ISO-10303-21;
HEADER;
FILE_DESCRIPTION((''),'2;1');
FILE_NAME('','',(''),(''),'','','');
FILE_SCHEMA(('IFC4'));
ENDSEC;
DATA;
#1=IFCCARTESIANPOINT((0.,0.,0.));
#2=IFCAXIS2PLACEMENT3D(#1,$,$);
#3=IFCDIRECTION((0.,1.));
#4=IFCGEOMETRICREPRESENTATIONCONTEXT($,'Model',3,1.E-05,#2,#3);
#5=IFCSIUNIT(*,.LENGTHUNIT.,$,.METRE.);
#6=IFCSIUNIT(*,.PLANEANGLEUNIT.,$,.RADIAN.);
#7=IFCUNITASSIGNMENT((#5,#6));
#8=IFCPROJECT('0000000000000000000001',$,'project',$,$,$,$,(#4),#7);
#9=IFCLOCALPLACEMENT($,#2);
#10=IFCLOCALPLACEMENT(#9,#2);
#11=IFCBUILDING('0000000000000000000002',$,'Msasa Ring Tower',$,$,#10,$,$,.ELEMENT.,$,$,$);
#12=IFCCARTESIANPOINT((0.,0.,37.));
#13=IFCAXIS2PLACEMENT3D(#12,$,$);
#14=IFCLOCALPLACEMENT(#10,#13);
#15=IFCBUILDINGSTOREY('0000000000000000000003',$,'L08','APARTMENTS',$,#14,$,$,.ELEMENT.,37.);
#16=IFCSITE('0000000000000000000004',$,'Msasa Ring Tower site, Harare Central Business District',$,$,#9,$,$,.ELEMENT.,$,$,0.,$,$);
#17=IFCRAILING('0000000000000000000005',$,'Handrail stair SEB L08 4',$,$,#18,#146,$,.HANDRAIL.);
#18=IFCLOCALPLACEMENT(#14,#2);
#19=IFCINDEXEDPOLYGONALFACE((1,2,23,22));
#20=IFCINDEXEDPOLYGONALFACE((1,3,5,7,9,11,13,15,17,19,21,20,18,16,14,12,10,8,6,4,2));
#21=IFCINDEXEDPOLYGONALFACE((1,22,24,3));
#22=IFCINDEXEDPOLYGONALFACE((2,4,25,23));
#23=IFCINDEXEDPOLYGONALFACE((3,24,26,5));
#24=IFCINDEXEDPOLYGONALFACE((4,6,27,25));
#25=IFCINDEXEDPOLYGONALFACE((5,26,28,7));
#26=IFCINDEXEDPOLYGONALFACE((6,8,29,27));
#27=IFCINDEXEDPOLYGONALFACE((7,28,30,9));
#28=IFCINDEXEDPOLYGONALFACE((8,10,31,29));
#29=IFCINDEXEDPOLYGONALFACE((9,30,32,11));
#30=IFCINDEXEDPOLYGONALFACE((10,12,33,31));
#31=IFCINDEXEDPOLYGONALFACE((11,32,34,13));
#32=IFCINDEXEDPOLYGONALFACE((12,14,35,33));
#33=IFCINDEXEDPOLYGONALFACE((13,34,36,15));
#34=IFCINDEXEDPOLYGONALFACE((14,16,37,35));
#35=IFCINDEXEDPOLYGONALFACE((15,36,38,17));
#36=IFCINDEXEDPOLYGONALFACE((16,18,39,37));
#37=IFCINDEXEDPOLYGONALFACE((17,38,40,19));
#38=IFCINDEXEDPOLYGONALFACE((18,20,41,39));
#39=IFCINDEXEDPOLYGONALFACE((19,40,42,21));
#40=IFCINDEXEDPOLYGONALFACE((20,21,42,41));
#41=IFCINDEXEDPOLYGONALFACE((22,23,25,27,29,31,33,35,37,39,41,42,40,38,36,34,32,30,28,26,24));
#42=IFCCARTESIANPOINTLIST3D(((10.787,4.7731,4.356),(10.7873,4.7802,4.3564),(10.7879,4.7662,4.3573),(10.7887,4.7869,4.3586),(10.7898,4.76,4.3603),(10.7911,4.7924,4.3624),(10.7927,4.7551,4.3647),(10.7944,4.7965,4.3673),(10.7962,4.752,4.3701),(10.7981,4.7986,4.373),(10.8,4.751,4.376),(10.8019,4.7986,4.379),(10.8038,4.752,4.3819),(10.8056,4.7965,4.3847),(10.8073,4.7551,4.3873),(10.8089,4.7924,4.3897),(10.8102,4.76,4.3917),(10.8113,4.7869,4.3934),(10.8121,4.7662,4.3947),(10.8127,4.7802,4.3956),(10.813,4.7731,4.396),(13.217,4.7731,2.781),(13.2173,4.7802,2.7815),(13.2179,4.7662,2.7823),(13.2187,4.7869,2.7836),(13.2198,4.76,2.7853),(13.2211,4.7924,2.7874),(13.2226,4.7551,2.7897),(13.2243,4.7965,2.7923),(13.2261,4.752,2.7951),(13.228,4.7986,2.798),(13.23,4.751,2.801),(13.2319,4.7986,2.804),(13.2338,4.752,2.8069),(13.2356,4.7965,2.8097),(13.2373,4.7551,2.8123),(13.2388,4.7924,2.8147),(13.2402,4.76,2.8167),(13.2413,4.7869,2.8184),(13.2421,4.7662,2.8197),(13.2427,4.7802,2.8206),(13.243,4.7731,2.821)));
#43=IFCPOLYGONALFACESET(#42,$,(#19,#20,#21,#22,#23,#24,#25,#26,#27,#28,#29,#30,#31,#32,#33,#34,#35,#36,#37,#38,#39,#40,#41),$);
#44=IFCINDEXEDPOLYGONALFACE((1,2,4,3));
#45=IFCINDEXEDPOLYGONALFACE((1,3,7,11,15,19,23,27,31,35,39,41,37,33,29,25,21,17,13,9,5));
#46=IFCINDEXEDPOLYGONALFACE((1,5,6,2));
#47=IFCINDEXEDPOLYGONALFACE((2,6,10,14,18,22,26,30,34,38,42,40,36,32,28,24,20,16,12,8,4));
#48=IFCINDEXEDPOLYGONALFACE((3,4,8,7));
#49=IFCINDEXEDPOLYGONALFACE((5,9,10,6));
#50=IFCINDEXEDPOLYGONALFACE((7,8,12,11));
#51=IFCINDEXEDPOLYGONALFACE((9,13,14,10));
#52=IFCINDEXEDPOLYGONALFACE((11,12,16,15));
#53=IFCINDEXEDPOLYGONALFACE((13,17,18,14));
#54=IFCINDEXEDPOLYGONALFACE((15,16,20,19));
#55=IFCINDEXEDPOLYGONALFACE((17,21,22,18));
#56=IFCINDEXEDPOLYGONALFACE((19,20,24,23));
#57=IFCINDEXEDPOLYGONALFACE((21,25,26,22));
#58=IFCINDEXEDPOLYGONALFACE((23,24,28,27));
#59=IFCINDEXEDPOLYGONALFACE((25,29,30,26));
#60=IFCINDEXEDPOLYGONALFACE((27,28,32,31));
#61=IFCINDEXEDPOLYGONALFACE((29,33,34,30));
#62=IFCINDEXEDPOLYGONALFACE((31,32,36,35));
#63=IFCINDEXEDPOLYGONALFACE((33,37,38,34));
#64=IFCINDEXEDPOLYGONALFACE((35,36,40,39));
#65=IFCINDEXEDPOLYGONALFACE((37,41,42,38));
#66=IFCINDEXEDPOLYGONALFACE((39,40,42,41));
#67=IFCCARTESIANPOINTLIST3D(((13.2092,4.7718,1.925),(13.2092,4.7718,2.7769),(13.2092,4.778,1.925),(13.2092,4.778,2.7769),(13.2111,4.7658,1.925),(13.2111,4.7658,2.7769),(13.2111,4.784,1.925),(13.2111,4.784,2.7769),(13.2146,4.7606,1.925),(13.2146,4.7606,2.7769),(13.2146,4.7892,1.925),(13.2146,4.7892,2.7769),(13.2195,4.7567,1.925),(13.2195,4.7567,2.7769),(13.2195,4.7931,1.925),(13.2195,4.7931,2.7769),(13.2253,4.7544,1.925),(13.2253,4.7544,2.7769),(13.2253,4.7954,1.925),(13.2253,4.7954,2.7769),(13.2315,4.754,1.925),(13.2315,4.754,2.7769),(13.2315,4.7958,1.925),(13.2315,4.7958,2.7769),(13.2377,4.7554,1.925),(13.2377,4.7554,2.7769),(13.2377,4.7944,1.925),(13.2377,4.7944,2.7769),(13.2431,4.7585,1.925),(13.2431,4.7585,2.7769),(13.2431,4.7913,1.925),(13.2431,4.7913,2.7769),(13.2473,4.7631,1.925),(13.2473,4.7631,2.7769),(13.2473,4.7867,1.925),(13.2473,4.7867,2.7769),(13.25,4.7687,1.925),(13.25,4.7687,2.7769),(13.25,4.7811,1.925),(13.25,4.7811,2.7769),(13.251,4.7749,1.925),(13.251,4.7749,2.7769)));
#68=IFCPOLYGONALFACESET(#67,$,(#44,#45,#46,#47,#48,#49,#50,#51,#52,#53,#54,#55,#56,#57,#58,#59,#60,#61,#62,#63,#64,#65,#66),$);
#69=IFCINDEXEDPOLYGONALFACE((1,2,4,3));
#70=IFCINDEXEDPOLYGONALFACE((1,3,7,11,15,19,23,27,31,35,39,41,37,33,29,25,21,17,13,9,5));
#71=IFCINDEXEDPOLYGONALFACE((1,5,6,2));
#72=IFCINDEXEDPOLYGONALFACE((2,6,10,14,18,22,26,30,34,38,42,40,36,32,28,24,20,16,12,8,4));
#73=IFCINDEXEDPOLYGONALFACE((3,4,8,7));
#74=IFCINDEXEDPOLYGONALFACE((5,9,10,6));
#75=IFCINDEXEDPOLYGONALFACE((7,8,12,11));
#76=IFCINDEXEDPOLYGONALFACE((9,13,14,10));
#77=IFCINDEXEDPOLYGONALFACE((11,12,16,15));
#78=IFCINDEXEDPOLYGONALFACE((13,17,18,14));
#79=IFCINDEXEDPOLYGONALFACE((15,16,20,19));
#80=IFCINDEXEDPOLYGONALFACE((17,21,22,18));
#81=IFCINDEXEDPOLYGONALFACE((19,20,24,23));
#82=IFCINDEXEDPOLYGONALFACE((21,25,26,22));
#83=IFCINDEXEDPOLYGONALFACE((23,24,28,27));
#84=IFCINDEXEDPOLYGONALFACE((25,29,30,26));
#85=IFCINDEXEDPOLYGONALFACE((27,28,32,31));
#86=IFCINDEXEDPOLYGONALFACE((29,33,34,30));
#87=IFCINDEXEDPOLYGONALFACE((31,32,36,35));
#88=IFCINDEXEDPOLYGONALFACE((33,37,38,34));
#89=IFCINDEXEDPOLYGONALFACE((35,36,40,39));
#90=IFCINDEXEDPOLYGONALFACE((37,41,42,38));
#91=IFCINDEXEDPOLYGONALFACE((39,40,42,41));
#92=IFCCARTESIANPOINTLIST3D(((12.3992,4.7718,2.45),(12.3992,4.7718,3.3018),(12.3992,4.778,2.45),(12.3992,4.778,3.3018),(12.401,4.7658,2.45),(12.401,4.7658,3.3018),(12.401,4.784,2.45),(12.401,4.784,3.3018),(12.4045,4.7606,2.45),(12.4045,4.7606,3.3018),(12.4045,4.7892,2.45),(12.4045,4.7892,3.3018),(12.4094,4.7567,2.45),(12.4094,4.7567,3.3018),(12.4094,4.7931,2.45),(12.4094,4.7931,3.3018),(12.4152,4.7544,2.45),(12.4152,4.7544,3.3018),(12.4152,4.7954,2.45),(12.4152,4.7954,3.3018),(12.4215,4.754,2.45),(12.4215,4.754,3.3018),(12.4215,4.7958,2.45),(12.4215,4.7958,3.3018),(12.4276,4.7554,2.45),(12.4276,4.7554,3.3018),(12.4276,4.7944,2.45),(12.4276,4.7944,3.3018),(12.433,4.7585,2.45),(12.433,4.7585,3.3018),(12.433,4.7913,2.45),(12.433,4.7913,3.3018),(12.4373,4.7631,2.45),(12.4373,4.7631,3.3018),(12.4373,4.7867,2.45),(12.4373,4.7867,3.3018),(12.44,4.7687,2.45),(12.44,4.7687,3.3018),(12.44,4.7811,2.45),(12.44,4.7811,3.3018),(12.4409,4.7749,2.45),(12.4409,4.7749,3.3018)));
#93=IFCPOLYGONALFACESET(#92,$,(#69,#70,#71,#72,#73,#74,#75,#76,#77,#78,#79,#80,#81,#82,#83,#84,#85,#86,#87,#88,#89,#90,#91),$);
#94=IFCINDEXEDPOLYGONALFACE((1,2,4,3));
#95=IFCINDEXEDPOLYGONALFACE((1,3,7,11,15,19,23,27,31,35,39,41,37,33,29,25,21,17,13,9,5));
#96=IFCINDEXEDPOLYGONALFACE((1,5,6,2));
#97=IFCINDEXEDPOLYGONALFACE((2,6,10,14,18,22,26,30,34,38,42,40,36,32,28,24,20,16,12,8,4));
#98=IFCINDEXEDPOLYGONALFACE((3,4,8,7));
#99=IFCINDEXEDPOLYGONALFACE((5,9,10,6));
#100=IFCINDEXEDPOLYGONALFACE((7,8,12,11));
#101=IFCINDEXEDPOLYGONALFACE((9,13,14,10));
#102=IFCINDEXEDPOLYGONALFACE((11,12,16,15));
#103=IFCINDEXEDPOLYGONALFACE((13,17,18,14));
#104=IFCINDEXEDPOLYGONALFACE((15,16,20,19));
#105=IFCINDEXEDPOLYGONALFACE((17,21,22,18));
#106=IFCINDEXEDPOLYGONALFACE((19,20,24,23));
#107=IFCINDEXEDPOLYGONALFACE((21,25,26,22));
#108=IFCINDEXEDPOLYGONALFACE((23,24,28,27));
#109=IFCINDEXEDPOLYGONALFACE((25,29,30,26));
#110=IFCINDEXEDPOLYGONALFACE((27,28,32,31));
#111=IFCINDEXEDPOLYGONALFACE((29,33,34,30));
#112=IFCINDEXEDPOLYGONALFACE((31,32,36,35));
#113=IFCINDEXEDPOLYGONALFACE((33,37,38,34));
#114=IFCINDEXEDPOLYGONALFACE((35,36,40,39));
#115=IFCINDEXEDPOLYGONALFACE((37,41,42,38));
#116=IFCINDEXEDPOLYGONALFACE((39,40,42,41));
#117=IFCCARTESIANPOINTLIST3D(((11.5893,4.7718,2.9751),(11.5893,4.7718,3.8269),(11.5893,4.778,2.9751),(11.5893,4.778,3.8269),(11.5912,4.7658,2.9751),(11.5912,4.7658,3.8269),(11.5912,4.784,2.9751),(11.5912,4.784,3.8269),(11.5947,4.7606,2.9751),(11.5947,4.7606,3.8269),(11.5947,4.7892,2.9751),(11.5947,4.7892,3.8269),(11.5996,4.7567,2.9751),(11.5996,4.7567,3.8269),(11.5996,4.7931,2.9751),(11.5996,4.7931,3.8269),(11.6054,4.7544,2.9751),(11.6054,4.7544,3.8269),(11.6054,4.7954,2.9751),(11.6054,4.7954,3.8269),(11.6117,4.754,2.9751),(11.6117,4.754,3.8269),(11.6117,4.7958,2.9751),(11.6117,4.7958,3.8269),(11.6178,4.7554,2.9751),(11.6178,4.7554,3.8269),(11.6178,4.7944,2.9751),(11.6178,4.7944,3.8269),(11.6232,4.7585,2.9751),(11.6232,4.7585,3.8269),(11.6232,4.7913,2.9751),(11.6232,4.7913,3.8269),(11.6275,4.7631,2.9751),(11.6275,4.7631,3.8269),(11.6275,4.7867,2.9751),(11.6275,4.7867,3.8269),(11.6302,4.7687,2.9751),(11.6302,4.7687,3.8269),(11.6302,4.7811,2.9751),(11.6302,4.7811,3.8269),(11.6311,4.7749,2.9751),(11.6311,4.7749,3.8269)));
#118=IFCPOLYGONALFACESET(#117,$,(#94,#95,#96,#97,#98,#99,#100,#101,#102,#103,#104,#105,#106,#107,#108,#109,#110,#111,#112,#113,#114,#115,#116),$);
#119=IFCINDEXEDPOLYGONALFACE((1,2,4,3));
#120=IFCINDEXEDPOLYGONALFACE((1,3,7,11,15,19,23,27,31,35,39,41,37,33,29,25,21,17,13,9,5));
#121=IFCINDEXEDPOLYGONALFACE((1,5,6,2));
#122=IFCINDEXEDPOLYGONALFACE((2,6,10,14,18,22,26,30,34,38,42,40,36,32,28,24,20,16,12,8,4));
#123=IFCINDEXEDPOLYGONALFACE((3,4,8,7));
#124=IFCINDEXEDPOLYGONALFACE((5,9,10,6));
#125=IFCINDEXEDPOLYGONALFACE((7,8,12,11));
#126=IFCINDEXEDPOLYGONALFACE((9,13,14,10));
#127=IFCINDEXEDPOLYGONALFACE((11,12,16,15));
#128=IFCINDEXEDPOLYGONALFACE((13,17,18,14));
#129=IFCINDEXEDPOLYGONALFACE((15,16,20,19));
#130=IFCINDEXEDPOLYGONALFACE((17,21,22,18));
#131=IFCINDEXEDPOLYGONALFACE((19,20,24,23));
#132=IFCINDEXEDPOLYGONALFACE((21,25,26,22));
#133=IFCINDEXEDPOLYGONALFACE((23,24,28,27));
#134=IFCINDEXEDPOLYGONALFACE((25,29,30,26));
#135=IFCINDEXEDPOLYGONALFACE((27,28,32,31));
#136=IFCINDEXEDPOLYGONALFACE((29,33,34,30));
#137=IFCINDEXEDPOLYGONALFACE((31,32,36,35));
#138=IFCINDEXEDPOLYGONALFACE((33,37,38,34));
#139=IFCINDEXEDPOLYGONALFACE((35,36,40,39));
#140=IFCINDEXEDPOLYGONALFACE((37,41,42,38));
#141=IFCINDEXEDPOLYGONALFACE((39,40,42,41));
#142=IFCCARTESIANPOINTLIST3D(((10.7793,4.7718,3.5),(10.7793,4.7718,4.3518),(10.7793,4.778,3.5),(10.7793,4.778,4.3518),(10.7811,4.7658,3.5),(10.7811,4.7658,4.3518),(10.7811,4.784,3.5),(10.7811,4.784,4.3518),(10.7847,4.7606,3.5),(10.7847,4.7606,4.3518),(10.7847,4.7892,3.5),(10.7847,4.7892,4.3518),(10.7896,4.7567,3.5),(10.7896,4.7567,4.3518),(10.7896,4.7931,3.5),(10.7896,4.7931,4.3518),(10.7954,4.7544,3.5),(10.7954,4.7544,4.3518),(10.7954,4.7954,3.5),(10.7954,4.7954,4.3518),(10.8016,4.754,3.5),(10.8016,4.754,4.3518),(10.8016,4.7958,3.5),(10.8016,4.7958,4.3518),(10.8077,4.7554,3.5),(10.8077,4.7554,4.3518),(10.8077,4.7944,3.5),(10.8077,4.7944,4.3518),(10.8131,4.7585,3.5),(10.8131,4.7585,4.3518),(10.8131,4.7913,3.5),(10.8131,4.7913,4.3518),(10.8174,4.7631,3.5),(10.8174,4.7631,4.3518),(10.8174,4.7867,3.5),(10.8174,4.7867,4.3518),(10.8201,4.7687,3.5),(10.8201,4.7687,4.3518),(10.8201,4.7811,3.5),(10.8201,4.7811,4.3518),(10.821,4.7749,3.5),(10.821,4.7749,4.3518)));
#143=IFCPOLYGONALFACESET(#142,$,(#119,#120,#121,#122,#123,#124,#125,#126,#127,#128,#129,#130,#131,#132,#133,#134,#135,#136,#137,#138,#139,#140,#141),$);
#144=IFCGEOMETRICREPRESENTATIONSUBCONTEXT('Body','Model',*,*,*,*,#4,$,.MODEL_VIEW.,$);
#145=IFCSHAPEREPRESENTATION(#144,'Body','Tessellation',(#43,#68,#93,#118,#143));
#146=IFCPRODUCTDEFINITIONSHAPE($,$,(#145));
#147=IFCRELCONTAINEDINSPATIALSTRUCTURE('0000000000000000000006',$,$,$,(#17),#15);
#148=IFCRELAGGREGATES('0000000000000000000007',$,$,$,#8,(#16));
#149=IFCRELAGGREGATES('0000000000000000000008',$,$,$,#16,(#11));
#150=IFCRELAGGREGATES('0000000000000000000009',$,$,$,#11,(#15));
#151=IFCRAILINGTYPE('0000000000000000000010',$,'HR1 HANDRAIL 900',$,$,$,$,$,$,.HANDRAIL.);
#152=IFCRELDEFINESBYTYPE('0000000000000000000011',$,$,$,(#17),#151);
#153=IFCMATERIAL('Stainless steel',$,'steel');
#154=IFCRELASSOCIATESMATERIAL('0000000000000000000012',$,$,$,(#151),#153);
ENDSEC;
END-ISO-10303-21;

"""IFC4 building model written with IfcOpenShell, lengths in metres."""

from ifc_helpers import new_model, si_unit, direction, frame, origin, origin_2d, place, context, subcontext, project, spatial, circle, extrude, material, type_object, element, save


model = new_model("IFC4")

# Units and contexts
model_context = context("Model", 3, precision=1e-05, world=origin(), true_north=direction((0.0, 1.0)))
body_context = subcontext(model_context, "Body", "Model", "MODEL_VIEW")
ifc_project = project(units=[si_unit("LENGTHUNIT", "METRE"), si_unit("PLANEANGLEUNIT", "RADIAN")], contexts=[model_context])

# Site, building, storey
site_placement = place(None, origin())
site = spatial("IfcSite", under=ifc_project, at=site_placement, Name="Msasa Ring Tower site, Harare Central Business District", CompositionType="ELEMENT", RefElevation=0.0)
building_placement = place(site_placement, origin())
building = spatial("IfcBuilding", under=site, at=building_placement, Name="Msasa Ring Tower", CompositionType="ELEMENT")
storey_placement = place(building_placement, frame((0.0, 0.0, 37.0)))
storey = spatial("IfcBuildingStorey", under=building, at=storey_placement, Name="L08", Description="APARTMENTS", CompositionType="ELEMENT", Elevation=37.0)

# Railing
ifc_material_1 = material(Name="Stainless steel", Category="steel")
railing_type = type_object("IfcRailingType", Name="HR1 HANDRAIL 900", PredefinedType="HANDRAIL", material=ifc_material_1)
for number, where, name in (
    (1, (13.23, 4.7749, 1.925), "Handrail stair SEB L08 4"),
):
    element("IfcRailing", number, at=place(storey_placement, frame(where)), inside=storey, type_object=railing_type, Name=name, PredefinedType="HANDRAIL", context=body_context, shape_type="SweptSolid", body=[
        extrude(circle(Radius=0.0239, at=origin_2d()), frame((0.0, 0.0, 0.876), z_axis=(-0.839154, 0.0, 0.543894), x_axis=(0.0, -1.0, 0.0)), (0.0, 0.0, 1.0), 2.8958),
        extrude(circle(Radius=0.021, at=origin_2d()), origin(), (0.0, 0.0, 1.0), 0.8518),
        extrude(circle(Radius=0.021, at=origin_2d()), frame((-0.8101, 0.0, 0.5249)), (0.0, 0.0, 1.0), 0.8518),
        extrude(circle(Radius=0.021, at=origin_2d()), frame((-1.6199, 0.0, 1.05)), (0.0, 0.0, 1.0), 0.8518),
        extrude(circle(Radius=0.021, at=origin_2d()), frame((-2.4299, 0.0, 1.575)), (0.0, 0.0, 1.0), 0.8518),
    ])

save(model, "model.ifc")
